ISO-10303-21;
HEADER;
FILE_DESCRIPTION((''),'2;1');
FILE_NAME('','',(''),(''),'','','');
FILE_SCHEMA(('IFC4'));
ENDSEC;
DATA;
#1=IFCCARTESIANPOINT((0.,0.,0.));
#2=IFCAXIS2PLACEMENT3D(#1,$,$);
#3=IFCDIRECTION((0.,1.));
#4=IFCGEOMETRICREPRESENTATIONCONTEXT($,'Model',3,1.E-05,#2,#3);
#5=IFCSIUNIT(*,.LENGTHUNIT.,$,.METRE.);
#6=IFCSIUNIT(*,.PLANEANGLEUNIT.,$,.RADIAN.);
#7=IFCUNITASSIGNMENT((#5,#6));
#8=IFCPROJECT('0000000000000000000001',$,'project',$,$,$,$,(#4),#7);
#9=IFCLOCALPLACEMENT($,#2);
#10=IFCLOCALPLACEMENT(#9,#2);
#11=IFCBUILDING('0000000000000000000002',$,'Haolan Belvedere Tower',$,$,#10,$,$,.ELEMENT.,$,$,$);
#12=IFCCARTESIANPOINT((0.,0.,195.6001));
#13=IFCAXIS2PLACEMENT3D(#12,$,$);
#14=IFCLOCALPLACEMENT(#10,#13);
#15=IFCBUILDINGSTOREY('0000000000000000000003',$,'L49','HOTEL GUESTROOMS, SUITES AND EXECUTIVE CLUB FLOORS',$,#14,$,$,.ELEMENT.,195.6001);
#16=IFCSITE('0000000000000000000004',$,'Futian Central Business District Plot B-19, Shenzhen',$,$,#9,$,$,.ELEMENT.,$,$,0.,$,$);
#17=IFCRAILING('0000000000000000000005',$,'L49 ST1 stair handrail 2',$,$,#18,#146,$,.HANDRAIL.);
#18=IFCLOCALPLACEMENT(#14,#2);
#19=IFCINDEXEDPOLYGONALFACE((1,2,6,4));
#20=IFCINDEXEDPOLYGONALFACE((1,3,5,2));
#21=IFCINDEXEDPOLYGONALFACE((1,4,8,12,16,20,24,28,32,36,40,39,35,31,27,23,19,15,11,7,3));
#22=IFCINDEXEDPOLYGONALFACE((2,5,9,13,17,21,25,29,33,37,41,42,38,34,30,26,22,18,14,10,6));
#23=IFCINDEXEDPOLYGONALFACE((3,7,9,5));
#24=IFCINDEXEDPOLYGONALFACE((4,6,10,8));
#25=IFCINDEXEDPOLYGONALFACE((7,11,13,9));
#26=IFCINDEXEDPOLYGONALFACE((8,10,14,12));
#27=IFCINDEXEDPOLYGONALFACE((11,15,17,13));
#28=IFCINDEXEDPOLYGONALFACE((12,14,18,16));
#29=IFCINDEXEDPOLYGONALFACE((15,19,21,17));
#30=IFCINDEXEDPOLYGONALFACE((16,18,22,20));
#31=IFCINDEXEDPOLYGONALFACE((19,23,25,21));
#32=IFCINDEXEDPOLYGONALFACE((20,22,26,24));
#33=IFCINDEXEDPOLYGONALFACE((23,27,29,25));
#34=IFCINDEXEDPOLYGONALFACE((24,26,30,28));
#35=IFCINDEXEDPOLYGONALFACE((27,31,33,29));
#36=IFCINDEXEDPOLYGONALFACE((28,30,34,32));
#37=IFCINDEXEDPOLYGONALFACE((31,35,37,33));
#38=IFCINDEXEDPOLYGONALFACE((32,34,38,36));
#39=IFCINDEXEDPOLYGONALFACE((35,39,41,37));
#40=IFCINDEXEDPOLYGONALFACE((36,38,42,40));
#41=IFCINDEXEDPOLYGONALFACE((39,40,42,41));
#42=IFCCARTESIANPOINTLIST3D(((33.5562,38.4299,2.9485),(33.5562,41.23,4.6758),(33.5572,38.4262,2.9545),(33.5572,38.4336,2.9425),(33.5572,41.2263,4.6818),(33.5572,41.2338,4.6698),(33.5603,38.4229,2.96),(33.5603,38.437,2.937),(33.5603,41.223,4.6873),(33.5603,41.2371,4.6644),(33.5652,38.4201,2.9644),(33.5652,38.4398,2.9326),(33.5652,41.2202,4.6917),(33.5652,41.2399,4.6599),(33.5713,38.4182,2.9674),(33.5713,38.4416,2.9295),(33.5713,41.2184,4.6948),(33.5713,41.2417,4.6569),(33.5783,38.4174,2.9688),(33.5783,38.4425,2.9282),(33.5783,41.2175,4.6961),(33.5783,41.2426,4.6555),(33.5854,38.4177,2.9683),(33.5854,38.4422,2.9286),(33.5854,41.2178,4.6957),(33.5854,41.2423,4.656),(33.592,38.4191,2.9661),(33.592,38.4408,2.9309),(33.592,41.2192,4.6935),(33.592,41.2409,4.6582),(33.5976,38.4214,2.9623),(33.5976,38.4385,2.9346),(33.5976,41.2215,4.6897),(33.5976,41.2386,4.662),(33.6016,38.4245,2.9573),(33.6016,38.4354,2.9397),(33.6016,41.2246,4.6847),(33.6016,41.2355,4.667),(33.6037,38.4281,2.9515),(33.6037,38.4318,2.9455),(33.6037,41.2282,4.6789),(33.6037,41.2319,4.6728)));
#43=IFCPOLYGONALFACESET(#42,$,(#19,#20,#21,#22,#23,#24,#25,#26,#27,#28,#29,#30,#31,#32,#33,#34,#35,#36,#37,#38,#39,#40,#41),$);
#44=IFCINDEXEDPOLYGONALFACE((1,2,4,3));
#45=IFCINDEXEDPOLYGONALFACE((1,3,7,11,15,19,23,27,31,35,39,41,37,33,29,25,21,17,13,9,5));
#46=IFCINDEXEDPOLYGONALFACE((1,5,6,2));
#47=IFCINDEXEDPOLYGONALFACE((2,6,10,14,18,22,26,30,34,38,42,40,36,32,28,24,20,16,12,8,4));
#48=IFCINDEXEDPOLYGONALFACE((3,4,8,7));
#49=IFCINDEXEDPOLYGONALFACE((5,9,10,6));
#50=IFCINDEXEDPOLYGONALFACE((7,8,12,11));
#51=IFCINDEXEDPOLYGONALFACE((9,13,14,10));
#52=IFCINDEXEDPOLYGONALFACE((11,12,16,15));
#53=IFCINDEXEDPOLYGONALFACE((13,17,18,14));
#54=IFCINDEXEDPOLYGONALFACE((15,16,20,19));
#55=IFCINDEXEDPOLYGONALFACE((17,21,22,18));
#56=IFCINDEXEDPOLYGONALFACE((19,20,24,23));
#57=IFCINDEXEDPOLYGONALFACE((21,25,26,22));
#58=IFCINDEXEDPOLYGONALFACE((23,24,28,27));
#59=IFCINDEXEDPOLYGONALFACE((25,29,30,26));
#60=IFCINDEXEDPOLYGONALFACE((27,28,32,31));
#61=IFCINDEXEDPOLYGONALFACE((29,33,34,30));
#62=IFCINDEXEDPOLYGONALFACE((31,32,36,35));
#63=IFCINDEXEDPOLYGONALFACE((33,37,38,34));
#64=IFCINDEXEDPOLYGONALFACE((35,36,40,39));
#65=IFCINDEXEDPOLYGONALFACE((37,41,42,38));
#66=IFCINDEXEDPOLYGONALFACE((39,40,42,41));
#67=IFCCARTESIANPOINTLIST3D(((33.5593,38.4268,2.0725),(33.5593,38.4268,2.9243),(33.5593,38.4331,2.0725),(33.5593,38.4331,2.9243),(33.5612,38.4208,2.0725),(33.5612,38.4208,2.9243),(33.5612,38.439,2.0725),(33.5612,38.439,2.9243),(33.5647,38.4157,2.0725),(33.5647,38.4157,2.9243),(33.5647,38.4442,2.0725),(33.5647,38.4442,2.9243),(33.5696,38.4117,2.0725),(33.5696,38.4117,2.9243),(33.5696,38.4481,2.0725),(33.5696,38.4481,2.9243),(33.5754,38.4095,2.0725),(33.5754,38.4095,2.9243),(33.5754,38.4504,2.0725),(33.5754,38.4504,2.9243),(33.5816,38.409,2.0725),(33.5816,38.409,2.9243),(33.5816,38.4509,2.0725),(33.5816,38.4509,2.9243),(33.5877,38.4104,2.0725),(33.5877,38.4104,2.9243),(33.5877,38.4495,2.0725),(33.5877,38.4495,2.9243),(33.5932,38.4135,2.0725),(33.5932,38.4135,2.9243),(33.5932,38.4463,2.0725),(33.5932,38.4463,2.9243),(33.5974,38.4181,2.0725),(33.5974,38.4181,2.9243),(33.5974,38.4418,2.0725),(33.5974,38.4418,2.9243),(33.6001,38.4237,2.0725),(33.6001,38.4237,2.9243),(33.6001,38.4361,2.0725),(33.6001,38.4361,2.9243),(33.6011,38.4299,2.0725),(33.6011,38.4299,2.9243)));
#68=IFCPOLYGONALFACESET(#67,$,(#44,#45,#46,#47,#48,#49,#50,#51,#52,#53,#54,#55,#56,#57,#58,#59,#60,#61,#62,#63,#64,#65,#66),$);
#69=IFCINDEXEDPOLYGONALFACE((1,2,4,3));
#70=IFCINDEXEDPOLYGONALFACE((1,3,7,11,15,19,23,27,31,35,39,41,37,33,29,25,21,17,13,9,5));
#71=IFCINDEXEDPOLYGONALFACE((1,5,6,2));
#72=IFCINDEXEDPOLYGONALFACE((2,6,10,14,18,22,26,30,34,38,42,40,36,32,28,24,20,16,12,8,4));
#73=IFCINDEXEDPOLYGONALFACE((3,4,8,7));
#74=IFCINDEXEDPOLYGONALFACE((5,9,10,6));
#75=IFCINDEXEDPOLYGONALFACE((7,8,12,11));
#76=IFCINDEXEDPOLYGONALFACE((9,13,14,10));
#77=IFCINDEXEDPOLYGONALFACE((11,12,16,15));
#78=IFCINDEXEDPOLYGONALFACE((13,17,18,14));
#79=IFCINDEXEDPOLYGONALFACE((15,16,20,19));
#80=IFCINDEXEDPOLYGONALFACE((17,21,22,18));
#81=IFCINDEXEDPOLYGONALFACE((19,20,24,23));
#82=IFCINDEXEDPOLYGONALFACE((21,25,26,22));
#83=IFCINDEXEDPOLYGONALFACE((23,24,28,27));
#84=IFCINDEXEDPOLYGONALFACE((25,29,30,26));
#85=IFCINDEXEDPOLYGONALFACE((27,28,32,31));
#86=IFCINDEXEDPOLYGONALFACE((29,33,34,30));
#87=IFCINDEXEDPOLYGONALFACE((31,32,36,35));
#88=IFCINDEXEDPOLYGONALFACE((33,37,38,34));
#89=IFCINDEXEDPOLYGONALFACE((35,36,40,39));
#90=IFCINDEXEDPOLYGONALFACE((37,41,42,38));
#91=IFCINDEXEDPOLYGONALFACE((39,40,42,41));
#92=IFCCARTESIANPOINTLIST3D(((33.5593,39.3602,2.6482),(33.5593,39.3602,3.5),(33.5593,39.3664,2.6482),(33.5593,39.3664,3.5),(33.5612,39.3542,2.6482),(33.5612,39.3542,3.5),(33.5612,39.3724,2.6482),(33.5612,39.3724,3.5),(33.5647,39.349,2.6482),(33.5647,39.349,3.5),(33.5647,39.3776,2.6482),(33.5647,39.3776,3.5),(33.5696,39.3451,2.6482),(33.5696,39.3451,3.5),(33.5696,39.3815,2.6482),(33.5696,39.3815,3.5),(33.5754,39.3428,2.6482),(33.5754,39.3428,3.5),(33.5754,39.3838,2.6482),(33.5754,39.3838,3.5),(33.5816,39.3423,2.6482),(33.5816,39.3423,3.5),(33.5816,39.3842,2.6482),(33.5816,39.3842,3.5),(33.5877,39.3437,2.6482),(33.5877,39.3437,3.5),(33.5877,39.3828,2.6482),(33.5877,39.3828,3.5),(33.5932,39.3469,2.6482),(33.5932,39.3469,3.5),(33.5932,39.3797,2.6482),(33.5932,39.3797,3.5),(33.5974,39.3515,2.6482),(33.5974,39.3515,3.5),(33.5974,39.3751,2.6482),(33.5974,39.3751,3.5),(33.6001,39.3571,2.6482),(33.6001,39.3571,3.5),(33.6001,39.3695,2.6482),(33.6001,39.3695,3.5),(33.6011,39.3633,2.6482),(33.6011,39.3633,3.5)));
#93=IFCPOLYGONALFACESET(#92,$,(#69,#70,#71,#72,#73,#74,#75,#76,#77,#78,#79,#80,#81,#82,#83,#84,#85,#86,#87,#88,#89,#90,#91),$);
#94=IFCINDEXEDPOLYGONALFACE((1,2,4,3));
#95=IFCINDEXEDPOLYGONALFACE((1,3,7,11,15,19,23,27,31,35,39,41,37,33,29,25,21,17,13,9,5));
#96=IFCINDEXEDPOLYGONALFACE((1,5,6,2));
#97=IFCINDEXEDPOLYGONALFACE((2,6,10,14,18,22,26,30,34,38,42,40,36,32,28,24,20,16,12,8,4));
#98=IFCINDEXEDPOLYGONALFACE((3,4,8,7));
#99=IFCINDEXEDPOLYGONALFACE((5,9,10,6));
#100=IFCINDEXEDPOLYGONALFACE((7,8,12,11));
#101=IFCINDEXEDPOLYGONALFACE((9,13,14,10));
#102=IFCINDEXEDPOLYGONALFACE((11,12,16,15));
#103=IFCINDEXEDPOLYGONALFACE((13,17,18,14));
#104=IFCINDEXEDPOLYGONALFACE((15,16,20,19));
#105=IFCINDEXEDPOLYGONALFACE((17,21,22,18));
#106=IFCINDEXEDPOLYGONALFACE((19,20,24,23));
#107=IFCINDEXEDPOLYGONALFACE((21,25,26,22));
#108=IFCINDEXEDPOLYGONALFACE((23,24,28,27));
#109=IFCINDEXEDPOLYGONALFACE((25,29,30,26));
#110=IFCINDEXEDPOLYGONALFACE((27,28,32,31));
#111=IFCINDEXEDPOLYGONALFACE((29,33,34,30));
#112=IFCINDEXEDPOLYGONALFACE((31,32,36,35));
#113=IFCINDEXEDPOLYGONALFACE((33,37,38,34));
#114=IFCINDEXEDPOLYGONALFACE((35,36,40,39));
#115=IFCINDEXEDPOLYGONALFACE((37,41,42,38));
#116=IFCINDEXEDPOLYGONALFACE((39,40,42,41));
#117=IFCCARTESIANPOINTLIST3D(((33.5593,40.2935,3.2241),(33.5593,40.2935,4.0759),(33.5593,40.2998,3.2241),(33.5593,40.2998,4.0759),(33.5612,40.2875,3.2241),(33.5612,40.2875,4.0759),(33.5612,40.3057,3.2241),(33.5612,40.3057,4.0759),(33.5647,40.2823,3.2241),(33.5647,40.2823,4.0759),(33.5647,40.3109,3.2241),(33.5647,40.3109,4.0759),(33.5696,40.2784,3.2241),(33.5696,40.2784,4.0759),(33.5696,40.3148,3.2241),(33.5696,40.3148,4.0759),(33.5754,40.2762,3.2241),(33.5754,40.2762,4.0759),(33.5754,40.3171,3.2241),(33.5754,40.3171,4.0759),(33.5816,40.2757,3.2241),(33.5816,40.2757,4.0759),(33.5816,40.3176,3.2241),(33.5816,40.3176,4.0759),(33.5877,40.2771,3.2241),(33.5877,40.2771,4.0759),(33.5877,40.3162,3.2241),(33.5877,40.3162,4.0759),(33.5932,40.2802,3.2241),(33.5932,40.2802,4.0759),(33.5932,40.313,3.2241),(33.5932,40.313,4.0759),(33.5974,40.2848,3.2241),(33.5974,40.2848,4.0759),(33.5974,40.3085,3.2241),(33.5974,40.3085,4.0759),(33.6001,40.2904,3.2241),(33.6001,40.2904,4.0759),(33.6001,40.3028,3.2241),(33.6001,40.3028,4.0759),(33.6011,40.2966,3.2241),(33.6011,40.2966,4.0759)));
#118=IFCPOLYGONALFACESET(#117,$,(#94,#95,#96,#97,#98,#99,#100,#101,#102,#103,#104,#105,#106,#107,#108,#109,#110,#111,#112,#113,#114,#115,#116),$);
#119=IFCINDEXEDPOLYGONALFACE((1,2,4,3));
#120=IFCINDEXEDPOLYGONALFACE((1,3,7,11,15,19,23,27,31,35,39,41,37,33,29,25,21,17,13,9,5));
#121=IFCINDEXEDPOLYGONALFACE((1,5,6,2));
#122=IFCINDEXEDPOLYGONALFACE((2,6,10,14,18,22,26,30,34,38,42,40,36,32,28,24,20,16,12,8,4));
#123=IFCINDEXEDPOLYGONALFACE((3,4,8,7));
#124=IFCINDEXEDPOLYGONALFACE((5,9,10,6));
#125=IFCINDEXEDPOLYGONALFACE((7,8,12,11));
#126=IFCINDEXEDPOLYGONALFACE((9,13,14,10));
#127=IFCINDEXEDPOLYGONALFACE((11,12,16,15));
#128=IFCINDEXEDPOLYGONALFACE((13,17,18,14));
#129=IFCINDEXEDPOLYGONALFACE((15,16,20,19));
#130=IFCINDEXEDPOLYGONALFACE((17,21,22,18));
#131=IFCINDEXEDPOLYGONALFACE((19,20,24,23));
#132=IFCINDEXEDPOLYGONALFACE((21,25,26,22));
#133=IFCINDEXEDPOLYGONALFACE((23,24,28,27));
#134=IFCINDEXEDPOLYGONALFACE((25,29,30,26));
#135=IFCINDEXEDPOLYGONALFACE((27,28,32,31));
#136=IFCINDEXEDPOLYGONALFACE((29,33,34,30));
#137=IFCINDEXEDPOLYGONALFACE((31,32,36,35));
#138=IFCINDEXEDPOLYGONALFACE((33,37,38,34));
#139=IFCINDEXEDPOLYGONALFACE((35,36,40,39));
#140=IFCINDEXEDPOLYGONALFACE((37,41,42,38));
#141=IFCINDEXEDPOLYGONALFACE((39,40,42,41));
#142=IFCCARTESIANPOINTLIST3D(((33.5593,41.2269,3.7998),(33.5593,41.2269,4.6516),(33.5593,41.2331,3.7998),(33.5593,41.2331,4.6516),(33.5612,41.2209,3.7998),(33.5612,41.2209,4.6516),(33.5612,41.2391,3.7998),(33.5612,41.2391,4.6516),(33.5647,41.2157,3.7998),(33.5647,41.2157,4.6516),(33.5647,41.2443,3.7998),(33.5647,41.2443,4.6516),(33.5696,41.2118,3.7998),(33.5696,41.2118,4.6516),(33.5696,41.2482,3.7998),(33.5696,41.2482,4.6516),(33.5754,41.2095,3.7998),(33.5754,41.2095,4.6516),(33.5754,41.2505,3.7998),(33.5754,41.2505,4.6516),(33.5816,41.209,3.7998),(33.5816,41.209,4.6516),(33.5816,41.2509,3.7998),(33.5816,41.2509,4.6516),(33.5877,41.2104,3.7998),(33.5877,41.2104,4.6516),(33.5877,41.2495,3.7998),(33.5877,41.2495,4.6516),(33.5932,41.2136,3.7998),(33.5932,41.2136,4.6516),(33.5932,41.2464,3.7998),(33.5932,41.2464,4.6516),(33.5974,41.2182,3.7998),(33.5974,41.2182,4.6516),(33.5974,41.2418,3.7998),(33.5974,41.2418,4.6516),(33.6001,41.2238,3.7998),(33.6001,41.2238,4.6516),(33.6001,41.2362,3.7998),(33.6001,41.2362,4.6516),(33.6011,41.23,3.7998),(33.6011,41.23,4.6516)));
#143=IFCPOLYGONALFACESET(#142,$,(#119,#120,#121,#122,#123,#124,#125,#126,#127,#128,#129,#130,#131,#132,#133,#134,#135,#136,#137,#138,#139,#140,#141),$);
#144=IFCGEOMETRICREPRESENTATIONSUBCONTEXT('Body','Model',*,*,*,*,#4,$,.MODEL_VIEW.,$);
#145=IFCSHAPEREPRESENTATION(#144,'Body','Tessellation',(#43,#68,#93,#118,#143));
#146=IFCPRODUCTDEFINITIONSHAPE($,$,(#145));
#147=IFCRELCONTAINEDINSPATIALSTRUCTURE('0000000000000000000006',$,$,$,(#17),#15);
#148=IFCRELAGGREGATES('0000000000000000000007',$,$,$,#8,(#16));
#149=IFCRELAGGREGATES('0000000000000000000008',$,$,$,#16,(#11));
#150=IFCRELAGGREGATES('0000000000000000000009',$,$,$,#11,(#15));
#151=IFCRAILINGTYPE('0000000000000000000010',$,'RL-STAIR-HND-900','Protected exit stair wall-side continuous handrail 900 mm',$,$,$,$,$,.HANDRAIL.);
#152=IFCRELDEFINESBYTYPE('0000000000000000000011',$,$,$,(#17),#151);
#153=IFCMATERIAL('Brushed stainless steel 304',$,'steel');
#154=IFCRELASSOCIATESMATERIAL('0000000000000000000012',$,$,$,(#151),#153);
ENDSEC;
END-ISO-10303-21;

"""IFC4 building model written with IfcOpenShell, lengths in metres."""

from ifc_helpers import new_model, si_unit, direction, frame, origin, origin_2d, place, context, subcontext, project, spatial, circle, extrude, material, type_object, element, save


model = new_model("IFC4")

# Units and contexts
model_context = context("Model", 3, precision=1e-05, world=origin(), true_north=direction((0.0, 1.0)))
body_context = subcontext(model_context, "Body", "Model", "MODEL_VIEW")
ifc_project = project(units=[si_unit("LENGTHUNIT", "METRE"), si_unit("PLANEANGLEUNIT", "RADIAN")], contexts=[model_context])

# Site, building, storey
site_placement = place(None, origin())
site = spatial("IfcSite", under=ifc_project, at=site_placement, Name="Futian Central Business District Plot B-19, Shenzhen", CompositionType="ELEMENT", RefElevation=0.0)
building_placement = place(site_placement, origin())
building = spatial("IfcBuilding", under=site, at=building_placement, Name="Haolan Belvedere Tower", CompositionType="ELEMENT")
storey_placement = place(building_placement, frame((0.0, 0.0, 195.6001)))
storey = spatial("IfcBuildingStorey", under=building, at=storey_placement, Name="L49", Description="HOTEL GUESTROOMS, SUITES AND EXECUTIVE CLUB FLOORS", CompositionType="ELEMENT", Elevation=195.6001)

# Railing
ifc_material_1 = material(Name="Brushed stainless steel 304", Category="steel")
railing_type_1 = type_object("IfcRailingType", Name="RL-STAIR-HND-900", Description="Protected exit stair wall-side continuous handrail 900 mm", PredefinedType="HANDRAIL", material=ifc_material_1)
railing_1_placement = place(storey_placement, frame((33.5801, 38.4299, 2.0725)))
element("IfcRailing", 1, at=railing_1_placement, inside=storey, type_object=railing_type_1, Name="L49 ST1 stair handrail 2", PredefinedType="HANDRAIL", context=body_context, shape_type="SweptSolid", body=[
    extrude(circle(Radius=0.0239, at=origin_2d()), frame((0.0, 0.0, 0.876), z_axis=(0.0, 0.85109, 0.52502), x_axis=(-1.0, 0.0, 0.0)), (0.0, 0.0, 1.0), 3.29),
    extrude(circle(Radius=0.021, at=origin_2d()), origin(), (0.0, 0.0, 1.0), 0.8518),
    extrude(circle(Radius=0.021, at=origin_2d()), frame((0.0, 0.9333, 0.5757)), (0.0, 0.0, 1.0), 0.8518),
    extrude(circle(Radius=0.021, at=origin_2d()), frame((0.0, 1.8667, 1.1516)), (0.0, 0.0, 1.0), 0.8518),
    extrude(circle(Radius=0.021, at=origin_2d()), frame((0.0, 2.8, 1.7273)), (0.0, 0.0, 1.0), 0.8518),
])

save(model, "model.ifc")
